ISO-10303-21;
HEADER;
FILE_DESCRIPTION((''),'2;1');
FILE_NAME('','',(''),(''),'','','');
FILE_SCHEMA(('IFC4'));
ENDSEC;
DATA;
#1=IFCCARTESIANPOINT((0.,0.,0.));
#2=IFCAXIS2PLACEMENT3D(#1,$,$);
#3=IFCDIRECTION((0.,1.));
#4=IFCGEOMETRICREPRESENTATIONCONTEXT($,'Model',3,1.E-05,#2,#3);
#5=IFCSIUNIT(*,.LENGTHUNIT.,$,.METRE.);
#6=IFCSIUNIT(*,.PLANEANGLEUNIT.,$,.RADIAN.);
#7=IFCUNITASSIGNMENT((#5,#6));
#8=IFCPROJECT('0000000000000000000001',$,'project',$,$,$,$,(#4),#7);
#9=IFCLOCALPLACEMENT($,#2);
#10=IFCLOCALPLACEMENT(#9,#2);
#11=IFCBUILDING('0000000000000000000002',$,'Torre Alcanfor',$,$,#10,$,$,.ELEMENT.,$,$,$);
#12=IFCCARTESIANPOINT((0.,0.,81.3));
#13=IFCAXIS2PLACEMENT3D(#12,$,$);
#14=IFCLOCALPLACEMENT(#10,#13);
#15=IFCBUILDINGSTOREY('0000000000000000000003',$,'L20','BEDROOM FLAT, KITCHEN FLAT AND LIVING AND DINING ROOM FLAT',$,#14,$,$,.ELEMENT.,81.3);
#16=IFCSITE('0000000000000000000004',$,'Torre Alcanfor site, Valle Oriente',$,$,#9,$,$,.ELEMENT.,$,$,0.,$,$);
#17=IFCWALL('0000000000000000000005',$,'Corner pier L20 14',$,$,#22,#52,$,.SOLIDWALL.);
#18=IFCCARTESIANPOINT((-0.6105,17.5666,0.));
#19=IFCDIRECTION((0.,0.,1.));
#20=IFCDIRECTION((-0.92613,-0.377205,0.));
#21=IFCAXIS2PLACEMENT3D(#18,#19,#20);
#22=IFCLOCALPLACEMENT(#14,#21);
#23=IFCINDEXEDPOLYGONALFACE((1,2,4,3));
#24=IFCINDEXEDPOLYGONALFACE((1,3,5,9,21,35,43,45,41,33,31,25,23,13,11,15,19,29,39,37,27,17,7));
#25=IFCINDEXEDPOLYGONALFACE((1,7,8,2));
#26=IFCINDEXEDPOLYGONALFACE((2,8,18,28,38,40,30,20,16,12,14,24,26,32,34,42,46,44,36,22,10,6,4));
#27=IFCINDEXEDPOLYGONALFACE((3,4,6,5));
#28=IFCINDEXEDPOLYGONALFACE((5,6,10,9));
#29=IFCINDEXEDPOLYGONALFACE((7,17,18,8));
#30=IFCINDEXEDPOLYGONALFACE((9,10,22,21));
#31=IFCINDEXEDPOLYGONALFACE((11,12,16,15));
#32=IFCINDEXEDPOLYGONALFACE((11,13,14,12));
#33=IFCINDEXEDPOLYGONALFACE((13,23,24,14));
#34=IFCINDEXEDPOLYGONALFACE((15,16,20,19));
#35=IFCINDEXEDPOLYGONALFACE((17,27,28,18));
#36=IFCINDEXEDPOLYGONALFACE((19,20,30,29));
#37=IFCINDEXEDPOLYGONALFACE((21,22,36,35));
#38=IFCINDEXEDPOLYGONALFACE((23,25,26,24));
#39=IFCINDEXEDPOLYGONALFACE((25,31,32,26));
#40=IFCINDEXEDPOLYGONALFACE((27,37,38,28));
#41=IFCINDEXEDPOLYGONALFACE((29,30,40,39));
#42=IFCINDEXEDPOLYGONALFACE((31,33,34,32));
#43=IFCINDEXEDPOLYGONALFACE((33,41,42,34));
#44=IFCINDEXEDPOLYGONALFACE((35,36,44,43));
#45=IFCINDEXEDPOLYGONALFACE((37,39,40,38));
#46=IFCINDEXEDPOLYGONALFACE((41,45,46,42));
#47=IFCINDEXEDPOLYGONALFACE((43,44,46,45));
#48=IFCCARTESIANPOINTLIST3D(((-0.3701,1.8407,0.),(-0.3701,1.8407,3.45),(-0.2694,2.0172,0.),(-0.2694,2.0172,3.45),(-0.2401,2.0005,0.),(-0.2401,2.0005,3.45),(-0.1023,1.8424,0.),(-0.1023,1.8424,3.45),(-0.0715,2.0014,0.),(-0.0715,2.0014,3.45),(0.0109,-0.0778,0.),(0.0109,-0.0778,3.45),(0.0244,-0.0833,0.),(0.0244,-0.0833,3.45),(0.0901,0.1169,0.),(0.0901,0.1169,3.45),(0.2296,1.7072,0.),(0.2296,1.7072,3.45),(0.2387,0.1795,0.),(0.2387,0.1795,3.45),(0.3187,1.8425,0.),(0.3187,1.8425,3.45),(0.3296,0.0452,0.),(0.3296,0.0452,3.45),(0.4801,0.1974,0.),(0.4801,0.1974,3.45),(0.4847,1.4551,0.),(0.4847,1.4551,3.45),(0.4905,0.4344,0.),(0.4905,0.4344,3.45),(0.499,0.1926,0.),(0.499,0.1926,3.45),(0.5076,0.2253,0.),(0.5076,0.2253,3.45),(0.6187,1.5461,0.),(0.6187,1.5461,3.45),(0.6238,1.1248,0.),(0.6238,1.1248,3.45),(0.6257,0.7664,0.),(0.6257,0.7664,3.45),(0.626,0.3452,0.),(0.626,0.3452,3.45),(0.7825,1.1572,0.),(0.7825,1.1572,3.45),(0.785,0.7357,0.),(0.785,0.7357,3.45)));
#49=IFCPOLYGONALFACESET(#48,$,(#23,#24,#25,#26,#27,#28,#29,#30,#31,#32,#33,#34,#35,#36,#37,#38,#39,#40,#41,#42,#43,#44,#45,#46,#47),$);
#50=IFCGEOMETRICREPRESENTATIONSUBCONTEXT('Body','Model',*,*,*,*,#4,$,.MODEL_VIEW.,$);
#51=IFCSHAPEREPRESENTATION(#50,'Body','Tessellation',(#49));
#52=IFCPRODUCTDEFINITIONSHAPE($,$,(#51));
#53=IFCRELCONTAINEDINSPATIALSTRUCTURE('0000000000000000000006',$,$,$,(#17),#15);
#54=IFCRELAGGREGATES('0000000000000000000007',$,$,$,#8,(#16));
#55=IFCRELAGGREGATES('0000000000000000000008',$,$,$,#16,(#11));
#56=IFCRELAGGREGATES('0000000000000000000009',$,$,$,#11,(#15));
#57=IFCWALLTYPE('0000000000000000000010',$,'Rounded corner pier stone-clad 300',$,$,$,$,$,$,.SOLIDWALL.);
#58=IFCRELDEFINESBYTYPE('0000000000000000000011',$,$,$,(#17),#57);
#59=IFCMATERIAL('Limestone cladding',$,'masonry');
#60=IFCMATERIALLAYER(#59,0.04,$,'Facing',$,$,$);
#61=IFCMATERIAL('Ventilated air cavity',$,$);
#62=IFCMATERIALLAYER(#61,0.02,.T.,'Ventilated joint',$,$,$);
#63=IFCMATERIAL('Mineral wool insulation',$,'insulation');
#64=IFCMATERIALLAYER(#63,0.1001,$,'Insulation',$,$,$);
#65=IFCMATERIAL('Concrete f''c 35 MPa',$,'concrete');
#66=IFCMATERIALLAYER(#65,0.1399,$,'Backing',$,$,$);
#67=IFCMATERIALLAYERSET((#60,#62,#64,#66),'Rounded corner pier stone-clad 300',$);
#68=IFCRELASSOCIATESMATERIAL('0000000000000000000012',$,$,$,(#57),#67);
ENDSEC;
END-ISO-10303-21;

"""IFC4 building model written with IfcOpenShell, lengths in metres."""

from ifc_helpers import new_model, si_unit, direction, frame, origin, place, context, subcontext, project, spatial, polyline, outline, extrude, material, layer, layer_set, type_object, element, save


model = new_model("IFC4")

# Units and contexts
model_context = context("Model", 3, precision=1e-05, world=origin(), true_north=direction((0.0, 1.0)))
body_context = subcontext(model_context, "Body", "Model", "MODEL_VIEW")
ifc_project = project(units=[si_unit("LENGTHUNIT", "METRE"), si_unit("PLANEANGLEUNIT", "RADIAN")], contexts=[model_context])

# Site, building, storey
site_placement = place(None, origin())
site = spatial("IfcSite", under=ifc_project, at=site_placement, Name="Torre Alcanfor site, Valle Oriente", CompositionType="ELEMENT", RefElevation=0.0)
building_placement = place(site_placement, origin())
building = spatial("IfcBuilding", under=site, at=building_placement, Name="Torre Alcanfor", CompositionType="ELEMENT")
storey_placement = place(building_placement, frame((0.0, 0.0, 81.3)))
storey = spatial("IfcBuildingStorey", under=building, at=storey_placement, Name="L20", Description="BEDROOM FLAT, KITCHEN FLAT AND LIVING AND DINING ROOM FLAT", CompositionType="ELEMENT", Elevation=81.3)

# Shared definitions
ifc_material_1 = material(Name="Limestone cladding", Category="masonry")
ifc_material_2 = material(Name="Ventilated air cavity")
ifc_material_3 = material(Name="Mineral wool insulation", Category="insulation")
ifc_material_4 = material(Name="Concrete f'c 35 MPa", Category="concrete")

# Wall
ifc_layer_1 = layer(ifc_material_1, 0.04, Name="Facing")
ifc_layer_2 = layer(ifc_material_2, 0.02, ventilated=True, Name="Ventilated joint")
ifc_layer_3 = layer(ifc_material_3, 0.1001, Name="Insulation")
ifc_layer_4 = layer(ifc_material_4, 0.1399, Name="Backing")
ifc_layer_set_1 = layer_set([ifc_layer_1, ifc_layer_2, ifc_layer_3, ifc_layer_4], Name="Rounded corner pier stone-clad 300")
wall_type_1 = type_object("IfcWallType", Name="Rounded corner pier stone-clad 300", PredefinedType="SOLIDWALL", material=ifc_layer_set_1)
wall_1_placement = place(storey_placement, frame((-0.6105, 17.5666, 0.0), z_axis=(0.0, 0.0, 1.0), x_axis=(-0.92613, -0.377205, 0.0)))
element("IfcWall", 1, at=wall_1_placement, inside=storey, type_object=wall_type_1, Name="Corner pier L20 14", PredefinedType="SOLIDWALL", context=body_context, shape_type="SweptSolid", body=[
    extrude(outline(polyline([(-0.2694, 2.0172), (-0.3701, 1.8407), (-0.1023, 1.8424), (0.2296, 1.7072), (0.4847, 1.4551), (0.6238, 1.1248), (0.6257, 0.7664), (0.4905, 0.4344), (0.2387, 0.1795), (0.0901, 0.1169), (0.0109, -0.0778), (0.0244, -0.0833), (0.3296, 0.0452), (0.4801, 0.1974), (0.499, 0.1926), (0.5076, 0.2253), (0.626, 0.3452), (0.785, 0.7357), (0.7825, 1.1572), (0.6187, 1.5461), (0.3187, 1.8425), (-0.0715, 2.0014), (-0.2401, 2.0005), (-0.2694, 2.0172)])), origin(), (0.0, 0.0, 1.0), 3.45),
])

save(model, "model.ifc")
